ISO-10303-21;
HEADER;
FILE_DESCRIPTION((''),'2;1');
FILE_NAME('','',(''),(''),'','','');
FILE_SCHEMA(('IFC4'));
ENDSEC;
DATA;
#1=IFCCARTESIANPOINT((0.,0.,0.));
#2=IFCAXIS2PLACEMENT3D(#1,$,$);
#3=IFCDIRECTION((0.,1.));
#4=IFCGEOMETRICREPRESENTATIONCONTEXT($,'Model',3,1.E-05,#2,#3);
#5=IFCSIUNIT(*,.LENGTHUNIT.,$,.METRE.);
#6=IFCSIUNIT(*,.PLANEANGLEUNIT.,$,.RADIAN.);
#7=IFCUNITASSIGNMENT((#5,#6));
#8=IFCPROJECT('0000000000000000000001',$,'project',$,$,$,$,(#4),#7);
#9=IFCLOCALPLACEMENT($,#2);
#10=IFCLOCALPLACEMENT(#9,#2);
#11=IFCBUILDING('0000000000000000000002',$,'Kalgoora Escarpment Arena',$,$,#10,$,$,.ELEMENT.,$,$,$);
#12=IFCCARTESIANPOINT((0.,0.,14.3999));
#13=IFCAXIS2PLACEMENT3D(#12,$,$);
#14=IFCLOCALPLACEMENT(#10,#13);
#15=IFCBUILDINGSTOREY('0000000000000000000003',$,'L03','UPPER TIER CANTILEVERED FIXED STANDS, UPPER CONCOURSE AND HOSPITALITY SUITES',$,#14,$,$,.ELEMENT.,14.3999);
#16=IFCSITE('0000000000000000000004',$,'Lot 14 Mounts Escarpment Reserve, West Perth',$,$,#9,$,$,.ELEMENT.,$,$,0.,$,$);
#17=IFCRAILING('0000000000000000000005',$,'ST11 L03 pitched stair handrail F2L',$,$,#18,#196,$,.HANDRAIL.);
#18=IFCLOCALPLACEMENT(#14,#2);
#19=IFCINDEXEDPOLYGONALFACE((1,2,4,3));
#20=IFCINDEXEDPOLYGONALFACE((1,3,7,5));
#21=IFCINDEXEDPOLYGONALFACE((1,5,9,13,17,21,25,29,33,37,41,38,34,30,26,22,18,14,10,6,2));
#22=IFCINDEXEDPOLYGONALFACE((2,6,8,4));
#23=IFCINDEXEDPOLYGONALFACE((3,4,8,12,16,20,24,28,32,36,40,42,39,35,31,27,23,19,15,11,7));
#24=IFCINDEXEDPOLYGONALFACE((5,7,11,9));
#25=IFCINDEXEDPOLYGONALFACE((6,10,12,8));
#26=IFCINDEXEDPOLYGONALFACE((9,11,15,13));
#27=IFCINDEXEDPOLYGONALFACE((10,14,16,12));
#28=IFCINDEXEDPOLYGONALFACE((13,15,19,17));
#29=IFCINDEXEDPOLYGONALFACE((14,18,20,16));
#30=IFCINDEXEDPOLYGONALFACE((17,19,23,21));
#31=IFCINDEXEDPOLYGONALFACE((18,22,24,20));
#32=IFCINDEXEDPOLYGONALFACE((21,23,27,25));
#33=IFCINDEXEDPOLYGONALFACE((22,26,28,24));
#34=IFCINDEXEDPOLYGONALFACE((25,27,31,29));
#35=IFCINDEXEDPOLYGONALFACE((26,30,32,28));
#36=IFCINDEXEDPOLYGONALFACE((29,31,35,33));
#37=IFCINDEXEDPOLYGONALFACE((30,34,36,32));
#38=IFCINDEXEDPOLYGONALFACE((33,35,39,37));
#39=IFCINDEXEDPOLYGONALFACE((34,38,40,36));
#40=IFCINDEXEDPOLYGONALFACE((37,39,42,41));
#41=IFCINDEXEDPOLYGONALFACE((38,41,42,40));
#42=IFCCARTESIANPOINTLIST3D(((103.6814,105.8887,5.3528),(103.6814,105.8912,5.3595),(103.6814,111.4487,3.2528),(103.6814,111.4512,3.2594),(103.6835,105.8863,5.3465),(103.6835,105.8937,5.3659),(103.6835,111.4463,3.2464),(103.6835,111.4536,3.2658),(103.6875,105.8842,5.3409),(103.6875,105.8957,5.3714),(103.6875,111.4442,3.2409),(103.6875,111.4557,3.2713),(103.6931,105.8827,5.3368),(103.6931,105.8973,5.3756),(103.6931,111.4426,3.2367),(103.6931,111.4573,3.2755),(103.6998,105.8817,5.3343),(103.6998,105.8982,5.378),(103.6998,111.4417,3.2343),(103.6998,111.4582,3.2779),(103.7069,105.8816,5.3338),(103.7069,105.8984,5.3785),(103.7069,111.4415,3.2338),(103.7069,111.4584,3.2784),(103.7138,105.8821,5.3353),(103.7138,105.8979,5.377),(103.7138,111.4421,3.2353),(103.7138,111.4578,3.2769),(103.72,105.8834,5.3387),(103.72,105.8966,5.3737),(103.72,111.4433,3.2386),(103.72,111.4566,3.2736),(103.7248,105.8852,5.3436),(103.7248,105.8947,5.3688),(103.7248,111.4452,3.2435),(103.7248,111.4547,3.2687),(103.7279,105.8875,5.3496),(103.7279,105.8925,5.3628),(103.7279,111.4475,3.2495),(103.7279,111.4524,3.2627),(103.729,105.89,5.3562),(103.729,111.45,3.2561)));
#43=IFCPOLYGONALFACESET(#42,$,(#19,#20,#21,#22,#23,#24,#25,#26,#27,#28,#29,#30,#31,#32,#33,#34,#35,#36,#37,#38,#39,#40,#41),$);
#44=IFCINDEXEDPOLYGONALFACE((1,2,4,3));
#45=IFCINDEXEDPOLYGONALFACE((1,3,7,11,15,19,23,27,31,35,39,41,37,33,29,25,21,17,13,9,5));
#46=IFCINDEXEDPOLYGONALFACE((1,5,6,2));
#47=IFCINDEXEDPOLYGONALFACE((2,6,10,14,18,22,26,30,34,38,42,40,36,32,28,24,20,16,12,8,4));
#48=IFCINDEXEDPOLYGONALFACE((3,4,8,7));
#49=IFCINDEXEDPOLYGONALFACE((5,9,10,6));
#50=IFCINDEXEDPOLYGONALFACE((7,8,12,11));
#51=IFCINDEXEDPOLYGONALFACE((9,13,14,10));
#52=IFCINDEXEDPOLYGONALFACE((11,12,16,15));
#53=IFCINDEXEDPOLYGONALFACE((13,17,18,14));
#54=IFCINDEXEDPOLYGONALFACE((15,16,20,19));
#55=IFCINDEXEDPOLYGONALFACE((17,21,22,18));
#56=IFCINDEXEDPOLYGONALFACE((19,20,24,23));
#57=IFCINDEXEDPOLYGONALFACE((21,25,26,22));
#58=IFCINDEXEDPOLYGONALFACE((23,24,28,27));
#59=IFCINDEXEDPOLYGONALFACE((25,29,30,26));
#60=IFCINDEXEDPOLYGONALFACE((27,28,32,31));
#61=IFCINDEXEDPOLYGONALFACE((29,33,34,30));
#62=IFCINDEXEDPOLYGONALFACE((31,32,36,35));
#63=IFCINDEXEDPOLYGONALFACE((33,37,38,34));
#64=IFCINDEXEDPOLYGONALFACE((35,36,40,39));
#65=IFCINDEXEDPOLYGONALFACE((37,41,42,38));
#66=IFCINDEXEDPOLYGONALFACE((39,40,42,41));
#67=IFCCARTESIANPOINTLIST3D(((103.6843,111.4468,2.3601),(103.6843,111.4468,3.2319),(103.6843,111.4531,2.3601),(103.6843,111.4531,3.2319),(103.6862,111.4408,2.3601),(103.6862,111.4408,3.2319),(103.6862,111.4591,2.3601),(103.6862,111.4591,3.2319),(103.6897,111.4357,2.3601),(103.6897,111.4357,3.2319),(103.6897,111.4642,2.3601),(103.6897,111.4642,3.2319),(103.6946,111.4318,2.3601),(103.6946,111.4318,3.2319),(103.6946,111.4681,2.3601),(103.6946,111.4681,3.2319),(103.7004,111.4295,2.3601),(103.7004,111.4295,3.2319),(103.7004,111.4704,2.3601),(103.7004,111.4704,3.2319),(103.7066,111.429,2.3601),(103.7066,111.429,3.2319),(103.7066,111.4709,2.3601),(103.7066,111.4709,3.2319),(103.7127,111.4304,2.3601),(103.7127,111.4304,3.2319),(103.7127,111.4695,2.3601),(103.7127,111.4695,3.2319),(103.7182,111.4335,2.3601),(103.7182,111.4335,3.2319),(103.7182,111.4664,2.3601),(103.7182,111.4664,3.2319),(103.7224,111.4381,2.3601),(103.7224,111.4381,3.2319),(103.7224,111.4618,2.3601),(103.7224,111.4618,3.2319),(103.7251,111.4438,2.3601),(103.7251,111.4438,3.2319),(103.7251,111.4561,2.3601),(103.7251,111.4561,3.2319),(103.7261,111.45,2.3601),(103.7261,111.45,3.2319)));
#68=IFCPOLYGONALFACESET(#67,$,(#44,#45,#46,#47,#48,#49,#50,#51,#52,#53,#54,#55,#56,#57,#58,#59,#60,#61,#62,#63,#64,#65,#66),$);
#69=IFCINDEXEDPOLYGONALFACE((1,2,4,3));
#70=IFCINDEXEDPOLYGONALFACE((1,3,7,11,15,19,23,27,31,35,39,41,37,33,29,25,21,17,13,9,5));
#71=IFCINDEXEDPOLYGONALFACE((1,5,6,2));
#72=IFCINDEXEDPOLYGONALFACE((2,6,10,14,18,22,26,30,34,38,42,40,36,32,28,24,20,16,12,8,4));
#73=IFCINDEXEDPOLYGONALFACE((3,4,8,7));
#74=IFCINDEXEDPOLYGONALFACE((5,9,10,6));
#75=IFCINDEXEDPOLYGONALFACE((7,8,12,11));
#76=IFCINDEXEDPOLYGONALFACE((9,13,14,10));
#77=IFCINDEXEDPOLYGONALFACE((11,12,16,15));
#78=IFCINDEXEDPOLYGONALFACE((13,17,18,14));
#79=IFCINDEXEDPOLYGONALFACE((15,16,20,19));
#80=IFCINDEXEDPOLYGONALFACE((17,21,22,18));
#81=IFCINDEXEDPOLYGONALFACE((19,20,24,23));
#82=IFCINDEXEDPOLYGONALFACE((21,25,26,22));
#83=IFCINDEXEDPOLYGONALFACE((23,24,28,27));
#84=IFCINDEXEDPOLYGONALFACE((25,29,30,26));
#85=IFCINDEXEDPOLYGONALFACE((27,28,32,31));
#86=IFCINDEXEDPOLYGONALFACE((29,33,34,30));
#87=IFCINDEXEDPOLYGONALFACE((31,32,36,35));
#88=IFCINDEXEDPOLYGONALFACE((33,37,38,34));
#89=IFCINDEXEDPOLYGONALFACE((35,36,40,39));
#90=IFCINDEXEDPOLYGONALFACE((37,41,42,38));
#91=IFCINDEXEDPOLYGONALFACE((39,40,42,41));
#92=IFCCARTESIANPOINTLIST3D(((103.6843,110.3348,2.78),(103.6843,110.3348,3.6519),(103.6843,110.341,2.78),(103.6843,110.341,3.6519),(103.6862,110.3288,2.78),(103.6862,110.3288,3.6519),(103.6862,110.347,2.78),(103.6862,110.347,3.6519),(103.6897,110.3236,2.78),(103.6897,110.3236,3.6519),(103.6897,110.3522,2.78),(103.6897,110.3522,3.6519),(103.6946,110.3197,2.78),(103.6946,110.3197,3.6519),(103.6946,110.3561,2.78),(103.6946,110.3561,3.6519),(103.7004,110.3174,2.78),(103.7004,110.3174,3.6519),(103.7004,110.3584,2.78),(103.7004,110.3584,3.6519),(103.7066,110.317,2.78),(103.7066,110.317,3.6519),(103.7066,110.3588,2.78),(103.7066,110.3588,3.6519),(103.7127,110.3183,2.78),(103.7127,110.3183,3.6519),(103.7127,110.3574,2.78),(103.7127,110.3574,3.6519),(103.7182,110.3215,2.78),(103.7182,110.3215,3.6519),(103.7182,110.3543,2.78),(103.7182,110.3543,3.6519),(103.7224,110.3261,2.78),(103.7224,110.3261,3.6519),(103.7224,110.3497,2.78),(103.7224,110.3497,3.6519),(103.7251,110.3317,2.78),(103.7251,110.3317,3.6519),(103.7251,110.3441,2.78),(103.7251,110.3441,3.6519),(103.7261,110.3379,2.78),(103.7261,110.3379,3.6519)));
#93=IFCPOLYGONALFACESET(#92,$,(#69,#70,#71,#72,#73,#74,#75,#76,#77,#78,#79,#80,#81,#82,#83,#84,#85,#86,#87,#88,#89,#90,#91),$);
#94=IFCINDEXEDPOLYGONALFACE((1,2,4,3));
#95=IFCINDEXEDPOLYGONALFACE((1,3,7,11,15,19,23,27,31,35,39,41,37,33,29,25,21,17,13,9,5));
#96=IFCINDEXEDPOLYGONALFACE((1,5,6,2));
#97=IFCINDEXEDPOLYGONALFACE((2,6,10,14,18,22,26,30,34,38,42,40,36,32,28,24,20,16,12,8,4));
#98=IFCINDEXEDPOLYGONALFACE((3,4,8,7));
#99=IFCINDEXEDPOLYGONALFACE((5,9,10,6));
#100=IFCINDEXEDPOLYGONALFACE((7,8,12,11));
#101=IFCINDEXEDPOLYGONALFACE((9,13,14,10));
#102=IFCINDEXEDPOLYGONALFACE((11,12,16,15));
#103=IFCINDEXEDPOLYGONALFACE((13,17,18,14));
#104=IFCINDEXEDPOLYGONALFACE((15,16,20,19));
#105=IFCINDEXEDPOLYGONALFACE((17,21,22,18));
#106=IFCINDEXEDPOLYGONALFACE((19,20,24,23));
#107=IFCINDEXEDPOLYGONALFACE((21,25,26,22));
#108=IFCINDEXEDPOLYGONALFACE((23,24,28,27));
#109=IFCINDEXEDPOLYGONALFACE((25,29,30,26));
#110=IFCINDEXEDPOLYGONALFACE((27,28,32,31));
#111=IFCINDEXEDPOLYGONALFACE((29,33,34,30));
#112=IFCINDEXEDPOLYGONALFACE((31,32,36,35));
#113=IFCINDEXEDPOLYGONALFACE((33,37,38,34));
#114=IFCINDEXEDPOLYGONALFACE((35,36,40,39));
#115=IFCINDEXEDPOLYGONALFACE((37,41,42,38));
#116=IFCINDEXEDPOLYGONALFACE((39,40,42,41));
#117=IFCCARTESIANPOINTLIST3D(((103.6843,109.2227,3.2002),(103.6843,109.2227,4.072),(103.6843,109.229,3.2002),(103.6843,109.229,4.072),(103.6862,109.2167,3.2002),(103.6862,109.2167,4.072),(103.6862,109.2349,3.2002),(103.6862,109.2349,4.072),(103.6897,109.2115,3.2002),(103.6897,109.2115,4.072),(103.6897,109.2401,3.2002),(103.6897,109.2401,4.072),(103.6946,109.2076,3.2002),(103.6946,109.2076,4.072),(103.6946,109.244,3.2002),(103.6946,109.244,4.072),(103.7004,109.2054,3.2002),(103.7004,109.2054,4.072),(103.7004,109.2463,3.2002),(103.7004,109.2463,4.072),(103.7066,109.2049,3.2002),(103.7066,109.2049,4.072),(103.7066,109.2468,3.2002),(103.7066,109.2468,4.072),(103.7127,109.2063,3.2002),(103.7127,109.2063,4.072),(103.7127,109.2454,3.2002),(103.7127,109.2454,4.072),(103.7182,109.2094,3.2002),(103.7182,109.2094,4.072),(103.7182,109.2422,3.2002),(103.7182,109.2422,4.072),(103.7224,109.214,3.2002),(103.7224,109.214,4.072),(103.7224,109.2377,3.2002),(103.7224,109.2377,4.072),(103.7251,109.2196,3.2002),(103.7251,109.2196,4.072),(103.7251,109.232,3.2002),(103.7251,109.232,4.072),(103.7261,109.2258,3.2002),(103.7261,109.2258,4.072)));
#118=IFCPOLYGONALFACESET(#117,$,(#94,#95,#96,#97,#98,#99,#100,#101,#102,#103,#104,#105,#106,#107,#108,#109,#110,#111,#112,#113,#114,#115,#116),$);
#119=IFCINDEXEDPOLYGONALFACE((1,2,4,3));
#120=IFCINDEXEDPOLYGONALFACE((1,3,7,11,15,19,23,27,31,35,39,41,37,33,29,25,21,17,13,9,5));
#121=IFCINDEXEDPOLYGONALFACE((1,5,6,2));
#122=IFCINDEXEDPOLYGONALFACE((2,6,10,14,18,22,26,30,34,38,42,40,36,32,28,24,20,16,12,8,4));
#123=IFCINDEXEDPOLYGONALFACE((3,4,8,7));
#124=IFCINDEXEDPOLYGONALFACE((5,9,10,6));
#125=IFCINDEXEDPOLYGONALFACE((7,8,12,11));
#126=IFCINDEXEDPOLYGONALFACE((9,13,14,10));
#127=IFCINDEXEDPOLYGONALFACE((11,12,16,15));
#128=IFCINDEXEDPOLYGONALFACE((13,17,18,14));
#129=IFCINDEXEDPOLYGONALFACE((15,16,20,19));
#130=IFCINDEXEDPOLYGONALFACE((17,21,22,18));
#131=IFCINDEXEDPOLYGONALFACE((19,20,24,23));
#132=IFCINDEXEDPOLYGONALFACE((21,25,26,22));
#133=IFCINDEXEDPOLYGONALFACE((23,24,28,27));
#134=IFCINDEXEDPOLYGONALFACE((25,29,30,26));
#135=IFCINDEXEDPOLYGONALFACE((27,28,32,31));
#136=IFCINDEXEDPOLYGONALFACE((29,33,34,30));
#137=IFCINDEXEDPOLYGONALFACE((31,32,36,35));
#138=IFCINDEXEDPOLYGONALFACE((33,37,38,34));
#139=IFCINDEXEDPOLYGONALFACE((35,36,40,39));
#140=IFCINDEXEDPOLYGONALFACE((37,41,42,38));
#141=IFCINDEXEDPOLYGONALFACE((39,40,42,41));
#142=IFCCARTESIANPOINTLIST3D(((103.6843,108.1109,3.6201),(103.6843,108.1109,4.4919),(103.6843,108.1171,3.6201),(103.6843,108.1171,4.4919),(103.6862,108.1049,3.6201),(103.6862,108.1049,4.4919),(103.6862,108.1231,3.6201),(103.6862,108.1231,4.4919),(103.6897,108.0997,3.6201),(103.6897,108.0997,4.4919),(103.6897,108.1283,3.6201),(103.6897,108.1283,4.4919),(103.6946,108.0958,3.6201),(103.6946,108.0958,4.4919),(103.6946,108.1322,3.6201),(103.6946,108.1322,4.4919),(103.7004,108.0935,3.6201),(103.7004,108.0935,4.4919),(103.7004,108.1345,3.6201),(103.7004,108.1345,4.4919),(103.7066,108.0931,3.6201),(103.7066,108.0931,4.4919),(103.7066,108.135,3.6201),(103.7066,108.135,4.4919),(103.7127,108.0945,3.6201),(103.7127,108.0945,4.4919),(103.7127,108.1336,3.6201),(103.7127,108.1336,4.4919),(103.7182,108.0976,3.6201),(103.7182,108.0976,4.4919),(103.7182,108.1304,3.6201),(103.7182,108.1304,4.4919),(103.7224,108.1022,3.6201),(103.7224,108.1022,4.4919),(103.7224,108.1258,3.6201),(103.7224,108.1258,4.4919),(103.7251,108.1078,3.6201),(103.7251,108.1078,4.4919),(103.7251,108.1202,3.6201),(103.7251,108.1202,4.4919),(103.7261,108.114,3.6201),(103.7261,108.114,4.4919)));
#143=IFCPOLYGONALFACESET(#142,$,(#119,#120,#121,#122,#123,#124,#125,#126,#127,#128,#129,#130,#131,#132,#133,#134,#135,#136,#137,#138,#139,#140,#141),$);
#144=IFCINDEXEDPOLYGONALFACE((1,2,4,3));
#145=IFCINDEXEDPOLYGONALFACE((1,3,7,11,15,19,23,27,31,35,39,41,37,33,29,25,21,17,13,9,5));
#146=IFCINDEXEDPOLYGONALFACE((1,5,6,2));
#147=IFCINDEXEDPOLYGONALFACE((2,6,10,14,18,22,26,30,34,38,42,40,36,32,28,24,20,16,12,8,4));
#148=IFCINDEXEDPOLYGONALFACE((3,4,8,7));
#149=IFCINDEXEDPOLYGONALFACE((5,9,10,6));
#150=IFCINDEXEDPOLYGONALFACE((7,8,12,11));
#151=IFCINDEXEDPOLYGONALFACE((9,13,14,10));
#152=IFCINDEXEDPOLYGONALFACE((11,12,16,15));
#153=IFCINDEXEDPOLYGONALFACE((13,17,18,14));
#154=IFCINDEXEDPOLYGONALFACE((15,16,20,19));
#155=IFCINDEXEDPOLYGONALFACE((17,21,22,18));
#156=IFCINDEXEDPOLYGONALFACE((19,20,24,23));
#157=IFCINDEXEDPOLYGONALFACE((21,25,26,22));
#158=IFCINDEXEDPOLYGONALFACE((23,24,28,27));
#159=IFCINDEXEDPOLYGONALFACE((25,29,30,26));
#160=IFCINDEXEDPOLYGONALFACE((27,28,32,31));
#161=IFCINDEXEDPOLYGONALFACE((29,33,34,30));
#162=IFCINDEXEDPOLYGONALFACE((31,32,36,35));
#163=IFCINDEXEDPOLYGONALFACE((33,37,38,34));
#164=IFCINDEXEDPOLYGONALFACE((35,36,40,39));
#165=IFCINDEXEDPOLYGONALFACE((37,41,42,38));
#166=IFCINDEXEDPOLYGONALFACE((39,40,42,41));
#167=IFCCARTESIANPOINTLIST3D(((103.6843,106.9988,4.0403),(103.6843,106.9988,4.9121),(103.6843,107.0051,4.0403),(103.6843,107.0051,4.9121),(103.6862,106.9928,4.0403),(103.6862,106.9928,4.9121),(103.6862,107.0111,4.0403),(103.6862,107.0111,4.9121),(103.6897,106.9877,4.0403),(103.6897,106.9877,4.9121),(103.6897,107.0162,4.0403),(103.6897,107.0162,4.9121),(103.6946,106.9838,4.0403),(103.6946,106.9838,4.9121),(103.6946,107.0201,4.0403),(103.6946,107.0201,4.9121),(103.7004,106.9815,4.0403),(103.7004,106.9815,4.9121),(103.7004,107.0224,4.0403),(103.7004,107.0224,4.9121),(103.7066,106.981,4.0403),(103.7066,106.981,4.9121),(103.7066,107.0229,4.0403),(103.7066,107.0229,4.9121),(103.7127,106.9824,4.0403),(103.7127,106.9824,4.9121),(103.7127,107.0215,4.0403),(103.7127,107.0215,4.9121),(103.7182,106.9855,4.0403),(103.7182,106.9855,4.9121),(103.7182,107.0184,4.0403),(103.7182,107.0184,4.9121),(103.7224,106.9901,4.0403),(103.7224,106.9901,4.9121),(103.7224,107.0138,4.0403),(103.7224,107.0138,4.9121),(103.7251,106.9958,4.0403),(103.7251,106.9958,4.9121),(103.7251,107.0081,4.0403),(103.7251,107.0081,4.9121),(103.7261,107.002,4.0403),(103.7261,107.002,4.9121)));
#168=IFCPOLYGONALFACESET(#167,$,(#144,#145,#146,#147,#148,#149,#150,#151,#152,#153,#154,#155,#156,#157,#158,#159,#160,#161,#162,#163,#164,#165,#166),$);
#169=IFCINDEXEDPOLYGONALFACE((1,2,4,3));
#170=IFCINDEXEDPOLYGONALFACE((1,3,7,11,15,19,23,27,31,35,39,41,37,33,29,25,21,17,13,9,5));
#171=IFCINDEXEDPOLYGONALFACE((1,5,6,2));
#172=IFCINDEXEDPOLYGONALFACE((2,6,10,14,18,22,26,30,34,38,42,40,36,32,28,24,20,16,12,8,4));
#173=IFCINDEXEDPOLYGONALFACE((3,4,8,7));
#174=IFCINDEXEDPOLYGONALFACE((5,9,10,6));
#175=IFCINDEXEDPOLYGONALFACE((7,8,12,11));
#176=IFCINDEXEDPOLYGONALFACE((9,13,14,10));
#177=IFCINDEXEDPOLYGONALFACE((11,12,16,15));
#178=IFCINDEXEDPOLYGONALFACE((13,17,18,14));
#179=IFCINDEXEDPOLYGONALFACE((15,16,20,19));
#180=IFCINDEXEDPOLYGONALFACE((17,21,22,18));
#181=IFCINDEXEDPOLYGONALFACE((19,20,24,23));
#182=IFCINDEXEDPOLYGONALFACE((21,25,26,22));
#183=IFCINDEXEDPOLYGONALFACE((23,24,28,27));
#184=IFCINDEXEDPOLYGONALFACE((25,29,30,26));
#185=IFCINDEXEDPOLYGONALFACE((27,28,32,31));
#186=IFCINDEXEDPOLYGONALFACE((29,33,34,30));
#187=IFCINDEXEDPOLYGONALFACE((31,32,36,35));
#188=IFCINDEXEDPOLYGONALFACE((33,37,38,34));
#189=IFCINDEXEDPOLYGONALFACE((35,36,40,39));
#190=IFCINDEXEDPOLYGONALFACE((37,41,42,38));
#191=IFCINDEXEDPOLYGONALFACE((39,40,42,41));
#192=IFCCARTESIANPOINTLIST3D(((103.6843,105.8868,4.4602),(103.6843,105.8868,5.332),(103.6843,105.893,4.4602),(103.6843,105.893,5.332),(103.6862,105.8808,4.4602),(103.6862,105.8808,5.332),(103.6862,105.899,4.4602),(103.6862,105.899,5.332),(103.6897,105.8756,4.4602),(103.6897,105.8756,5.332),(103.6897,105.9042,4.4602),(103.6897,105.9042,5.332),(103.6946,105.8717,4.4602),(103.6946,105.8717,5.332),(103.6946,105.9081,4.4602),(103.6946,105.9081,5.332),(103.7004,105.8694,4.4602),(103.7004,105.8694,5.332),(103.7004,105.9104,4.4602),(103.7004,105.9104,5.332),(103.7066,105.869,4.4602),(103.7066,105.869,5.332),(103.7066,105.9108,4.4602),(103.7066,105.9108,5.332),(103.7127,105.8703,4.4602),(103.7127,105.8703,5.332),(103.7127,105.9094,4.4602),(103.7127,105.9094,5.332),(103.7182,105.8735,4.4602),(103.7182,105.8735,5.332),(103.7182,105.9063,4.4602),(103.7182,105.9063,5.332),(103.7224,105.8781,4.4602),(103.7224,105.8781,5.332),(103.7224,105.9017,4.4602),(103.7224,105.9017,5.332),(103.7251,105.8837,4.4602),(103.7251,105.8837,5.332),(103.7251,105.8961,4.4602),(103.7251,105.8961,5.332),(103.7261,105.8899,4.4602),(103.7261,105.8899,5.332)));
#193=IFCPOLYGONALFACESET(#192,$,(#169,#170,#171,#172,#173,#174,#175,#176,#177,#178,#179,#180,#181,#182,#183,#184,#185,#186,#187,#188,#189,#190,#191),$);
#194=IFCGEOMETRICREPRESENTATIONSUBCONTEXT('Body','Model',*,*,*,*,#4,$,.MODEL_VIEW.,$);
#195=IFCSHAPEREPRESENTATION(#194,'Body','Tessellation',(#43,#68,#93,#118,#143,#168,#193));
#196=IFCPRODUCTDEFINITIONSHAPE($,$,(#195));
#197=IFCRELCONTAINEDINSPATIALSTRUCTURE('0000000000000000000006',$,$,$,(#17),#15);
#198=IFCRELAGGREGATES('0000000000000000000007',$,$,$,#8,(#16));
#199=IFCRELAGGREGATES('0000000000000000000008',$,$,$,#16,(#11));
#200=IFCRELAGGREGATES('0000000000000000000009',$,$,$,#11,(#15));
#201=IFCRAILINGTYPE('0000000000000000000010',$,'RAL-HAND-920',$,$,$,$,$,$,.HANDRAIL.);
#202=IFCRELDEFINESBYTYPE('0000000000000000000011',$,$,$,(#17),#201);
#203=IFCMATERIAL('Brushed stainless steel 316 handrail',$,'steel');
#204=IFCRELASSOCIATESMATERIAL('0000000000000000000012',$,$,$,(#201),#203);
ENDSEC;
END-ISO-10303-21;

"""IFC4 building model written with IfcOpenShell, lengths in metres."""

from ifc_helpers import new_model, si_unit, direction, frame, origin, origin_2d, place, context, subcontext, project, spatial, circle, extrude, material, type_object, element, save


model = new_model("IFC4")

# Units and contexts
model_context = context("Model", 3, precision=1e-05, world=origin(), true_north=direction((0.0, 1.0)))
body_context = subcontext(model_context, "Body", "Model", "MODEL_VIEW")
ifc_project = project(units=[si_unit("LENGTHUNIT", "METRE"), si_unit("PLANEANGLEUNIT", "RADIAN")], contexts=[model_context])

# Site, building, storey
site_placement = place(None, origin())
site = spatial("IfcSite", under=ifc_project, at=site_placement, Name="Lot 14 Mounts Escarpment Reserve, West Perth", CompositionType="ELEMENT", RefElevation=0.0)
building_placement = place(site_placement, origin())
building = spatial("IfcBuilding", under=site, at=building_placement, Name="Kalgoora Escarpment Arena", CompositionType="ELEMENT")
storey_placement = place(building_placement, frame((0.0, 0.0, 14.3999)))
storey = spatial("IfcBuildingStorey", under=building, at=storey_placement, Name="L03", Description="UPPER TIER CANTILEVERED FIXED STANDS, UPPER CONCOURSE AND HOSPITALITY SUITES", CompositionType="ELEMENT", Elevation=14.3999)

# Railing
ifc_material_1 = material(Name="Brushed stainless steel 316 handrail", Category="steel")
railing_type_1 = type_object("IfcRailingType", Name="RAL-HAND-920", PredefinedType="HANDRAIL", material=ifc_material_1)
railing_1_placement = place(storey_placement, frame((103.7051, 111.45, 2.3601)))
element("IfcRailing", 1, at=railing_1_placement, inside=storey, type_object=railing_type_1, Name="ST11 L03 pitched stair handrail F2L", PredefinedType="HANDRAIL", context=body_context, shape_type="SweptSolid", body=[
    extrude(circle(Radius=0.0239, at=origin_2d()), frame((0.0, 0.0, 0.896), z_axis=(0.0, -0.935493, 0.353346), x_axis=(1.0, 0.0, 0.0)), (0.0, 0.0, 1.0), 5.9434),
    extrude(circle(Radius=0.021, at=origin_2d()), origin(), (0.0, 0.0, 1.0), 0.8718),
    extrude(circle(Radius=0.021, at=origin_2d()), frame((0.0, -1.1121, 0.4199)), (0.0, 0.0, 1.0), 0.8718),
    extrude(circle(Radius=0.021, at=origin_2d()), frame((0.0, -2.2241, 0.8401)), (0.0, 0.0, 1.0), 0.8718),
    extrude(circle(Radius=0.021, at=origin_2d()), frame((0.0, -3.3359, 1.26)), (0.0, 0.0, 1.0), 0.8718),
    extrude(circle(Radius=0.021, at=origin_2d()), frame((0.0, -4.448, 1.6802)), (0.0, 0.0, 1.0), 0.8718),
    extrude(circle(Radius=0.021, at=origin_2d()), frame((0.0, -5.5601, 2.1001)), (0.0, 0.0, 1.0), 0.8718),
])

save(model, "model.ifc")
